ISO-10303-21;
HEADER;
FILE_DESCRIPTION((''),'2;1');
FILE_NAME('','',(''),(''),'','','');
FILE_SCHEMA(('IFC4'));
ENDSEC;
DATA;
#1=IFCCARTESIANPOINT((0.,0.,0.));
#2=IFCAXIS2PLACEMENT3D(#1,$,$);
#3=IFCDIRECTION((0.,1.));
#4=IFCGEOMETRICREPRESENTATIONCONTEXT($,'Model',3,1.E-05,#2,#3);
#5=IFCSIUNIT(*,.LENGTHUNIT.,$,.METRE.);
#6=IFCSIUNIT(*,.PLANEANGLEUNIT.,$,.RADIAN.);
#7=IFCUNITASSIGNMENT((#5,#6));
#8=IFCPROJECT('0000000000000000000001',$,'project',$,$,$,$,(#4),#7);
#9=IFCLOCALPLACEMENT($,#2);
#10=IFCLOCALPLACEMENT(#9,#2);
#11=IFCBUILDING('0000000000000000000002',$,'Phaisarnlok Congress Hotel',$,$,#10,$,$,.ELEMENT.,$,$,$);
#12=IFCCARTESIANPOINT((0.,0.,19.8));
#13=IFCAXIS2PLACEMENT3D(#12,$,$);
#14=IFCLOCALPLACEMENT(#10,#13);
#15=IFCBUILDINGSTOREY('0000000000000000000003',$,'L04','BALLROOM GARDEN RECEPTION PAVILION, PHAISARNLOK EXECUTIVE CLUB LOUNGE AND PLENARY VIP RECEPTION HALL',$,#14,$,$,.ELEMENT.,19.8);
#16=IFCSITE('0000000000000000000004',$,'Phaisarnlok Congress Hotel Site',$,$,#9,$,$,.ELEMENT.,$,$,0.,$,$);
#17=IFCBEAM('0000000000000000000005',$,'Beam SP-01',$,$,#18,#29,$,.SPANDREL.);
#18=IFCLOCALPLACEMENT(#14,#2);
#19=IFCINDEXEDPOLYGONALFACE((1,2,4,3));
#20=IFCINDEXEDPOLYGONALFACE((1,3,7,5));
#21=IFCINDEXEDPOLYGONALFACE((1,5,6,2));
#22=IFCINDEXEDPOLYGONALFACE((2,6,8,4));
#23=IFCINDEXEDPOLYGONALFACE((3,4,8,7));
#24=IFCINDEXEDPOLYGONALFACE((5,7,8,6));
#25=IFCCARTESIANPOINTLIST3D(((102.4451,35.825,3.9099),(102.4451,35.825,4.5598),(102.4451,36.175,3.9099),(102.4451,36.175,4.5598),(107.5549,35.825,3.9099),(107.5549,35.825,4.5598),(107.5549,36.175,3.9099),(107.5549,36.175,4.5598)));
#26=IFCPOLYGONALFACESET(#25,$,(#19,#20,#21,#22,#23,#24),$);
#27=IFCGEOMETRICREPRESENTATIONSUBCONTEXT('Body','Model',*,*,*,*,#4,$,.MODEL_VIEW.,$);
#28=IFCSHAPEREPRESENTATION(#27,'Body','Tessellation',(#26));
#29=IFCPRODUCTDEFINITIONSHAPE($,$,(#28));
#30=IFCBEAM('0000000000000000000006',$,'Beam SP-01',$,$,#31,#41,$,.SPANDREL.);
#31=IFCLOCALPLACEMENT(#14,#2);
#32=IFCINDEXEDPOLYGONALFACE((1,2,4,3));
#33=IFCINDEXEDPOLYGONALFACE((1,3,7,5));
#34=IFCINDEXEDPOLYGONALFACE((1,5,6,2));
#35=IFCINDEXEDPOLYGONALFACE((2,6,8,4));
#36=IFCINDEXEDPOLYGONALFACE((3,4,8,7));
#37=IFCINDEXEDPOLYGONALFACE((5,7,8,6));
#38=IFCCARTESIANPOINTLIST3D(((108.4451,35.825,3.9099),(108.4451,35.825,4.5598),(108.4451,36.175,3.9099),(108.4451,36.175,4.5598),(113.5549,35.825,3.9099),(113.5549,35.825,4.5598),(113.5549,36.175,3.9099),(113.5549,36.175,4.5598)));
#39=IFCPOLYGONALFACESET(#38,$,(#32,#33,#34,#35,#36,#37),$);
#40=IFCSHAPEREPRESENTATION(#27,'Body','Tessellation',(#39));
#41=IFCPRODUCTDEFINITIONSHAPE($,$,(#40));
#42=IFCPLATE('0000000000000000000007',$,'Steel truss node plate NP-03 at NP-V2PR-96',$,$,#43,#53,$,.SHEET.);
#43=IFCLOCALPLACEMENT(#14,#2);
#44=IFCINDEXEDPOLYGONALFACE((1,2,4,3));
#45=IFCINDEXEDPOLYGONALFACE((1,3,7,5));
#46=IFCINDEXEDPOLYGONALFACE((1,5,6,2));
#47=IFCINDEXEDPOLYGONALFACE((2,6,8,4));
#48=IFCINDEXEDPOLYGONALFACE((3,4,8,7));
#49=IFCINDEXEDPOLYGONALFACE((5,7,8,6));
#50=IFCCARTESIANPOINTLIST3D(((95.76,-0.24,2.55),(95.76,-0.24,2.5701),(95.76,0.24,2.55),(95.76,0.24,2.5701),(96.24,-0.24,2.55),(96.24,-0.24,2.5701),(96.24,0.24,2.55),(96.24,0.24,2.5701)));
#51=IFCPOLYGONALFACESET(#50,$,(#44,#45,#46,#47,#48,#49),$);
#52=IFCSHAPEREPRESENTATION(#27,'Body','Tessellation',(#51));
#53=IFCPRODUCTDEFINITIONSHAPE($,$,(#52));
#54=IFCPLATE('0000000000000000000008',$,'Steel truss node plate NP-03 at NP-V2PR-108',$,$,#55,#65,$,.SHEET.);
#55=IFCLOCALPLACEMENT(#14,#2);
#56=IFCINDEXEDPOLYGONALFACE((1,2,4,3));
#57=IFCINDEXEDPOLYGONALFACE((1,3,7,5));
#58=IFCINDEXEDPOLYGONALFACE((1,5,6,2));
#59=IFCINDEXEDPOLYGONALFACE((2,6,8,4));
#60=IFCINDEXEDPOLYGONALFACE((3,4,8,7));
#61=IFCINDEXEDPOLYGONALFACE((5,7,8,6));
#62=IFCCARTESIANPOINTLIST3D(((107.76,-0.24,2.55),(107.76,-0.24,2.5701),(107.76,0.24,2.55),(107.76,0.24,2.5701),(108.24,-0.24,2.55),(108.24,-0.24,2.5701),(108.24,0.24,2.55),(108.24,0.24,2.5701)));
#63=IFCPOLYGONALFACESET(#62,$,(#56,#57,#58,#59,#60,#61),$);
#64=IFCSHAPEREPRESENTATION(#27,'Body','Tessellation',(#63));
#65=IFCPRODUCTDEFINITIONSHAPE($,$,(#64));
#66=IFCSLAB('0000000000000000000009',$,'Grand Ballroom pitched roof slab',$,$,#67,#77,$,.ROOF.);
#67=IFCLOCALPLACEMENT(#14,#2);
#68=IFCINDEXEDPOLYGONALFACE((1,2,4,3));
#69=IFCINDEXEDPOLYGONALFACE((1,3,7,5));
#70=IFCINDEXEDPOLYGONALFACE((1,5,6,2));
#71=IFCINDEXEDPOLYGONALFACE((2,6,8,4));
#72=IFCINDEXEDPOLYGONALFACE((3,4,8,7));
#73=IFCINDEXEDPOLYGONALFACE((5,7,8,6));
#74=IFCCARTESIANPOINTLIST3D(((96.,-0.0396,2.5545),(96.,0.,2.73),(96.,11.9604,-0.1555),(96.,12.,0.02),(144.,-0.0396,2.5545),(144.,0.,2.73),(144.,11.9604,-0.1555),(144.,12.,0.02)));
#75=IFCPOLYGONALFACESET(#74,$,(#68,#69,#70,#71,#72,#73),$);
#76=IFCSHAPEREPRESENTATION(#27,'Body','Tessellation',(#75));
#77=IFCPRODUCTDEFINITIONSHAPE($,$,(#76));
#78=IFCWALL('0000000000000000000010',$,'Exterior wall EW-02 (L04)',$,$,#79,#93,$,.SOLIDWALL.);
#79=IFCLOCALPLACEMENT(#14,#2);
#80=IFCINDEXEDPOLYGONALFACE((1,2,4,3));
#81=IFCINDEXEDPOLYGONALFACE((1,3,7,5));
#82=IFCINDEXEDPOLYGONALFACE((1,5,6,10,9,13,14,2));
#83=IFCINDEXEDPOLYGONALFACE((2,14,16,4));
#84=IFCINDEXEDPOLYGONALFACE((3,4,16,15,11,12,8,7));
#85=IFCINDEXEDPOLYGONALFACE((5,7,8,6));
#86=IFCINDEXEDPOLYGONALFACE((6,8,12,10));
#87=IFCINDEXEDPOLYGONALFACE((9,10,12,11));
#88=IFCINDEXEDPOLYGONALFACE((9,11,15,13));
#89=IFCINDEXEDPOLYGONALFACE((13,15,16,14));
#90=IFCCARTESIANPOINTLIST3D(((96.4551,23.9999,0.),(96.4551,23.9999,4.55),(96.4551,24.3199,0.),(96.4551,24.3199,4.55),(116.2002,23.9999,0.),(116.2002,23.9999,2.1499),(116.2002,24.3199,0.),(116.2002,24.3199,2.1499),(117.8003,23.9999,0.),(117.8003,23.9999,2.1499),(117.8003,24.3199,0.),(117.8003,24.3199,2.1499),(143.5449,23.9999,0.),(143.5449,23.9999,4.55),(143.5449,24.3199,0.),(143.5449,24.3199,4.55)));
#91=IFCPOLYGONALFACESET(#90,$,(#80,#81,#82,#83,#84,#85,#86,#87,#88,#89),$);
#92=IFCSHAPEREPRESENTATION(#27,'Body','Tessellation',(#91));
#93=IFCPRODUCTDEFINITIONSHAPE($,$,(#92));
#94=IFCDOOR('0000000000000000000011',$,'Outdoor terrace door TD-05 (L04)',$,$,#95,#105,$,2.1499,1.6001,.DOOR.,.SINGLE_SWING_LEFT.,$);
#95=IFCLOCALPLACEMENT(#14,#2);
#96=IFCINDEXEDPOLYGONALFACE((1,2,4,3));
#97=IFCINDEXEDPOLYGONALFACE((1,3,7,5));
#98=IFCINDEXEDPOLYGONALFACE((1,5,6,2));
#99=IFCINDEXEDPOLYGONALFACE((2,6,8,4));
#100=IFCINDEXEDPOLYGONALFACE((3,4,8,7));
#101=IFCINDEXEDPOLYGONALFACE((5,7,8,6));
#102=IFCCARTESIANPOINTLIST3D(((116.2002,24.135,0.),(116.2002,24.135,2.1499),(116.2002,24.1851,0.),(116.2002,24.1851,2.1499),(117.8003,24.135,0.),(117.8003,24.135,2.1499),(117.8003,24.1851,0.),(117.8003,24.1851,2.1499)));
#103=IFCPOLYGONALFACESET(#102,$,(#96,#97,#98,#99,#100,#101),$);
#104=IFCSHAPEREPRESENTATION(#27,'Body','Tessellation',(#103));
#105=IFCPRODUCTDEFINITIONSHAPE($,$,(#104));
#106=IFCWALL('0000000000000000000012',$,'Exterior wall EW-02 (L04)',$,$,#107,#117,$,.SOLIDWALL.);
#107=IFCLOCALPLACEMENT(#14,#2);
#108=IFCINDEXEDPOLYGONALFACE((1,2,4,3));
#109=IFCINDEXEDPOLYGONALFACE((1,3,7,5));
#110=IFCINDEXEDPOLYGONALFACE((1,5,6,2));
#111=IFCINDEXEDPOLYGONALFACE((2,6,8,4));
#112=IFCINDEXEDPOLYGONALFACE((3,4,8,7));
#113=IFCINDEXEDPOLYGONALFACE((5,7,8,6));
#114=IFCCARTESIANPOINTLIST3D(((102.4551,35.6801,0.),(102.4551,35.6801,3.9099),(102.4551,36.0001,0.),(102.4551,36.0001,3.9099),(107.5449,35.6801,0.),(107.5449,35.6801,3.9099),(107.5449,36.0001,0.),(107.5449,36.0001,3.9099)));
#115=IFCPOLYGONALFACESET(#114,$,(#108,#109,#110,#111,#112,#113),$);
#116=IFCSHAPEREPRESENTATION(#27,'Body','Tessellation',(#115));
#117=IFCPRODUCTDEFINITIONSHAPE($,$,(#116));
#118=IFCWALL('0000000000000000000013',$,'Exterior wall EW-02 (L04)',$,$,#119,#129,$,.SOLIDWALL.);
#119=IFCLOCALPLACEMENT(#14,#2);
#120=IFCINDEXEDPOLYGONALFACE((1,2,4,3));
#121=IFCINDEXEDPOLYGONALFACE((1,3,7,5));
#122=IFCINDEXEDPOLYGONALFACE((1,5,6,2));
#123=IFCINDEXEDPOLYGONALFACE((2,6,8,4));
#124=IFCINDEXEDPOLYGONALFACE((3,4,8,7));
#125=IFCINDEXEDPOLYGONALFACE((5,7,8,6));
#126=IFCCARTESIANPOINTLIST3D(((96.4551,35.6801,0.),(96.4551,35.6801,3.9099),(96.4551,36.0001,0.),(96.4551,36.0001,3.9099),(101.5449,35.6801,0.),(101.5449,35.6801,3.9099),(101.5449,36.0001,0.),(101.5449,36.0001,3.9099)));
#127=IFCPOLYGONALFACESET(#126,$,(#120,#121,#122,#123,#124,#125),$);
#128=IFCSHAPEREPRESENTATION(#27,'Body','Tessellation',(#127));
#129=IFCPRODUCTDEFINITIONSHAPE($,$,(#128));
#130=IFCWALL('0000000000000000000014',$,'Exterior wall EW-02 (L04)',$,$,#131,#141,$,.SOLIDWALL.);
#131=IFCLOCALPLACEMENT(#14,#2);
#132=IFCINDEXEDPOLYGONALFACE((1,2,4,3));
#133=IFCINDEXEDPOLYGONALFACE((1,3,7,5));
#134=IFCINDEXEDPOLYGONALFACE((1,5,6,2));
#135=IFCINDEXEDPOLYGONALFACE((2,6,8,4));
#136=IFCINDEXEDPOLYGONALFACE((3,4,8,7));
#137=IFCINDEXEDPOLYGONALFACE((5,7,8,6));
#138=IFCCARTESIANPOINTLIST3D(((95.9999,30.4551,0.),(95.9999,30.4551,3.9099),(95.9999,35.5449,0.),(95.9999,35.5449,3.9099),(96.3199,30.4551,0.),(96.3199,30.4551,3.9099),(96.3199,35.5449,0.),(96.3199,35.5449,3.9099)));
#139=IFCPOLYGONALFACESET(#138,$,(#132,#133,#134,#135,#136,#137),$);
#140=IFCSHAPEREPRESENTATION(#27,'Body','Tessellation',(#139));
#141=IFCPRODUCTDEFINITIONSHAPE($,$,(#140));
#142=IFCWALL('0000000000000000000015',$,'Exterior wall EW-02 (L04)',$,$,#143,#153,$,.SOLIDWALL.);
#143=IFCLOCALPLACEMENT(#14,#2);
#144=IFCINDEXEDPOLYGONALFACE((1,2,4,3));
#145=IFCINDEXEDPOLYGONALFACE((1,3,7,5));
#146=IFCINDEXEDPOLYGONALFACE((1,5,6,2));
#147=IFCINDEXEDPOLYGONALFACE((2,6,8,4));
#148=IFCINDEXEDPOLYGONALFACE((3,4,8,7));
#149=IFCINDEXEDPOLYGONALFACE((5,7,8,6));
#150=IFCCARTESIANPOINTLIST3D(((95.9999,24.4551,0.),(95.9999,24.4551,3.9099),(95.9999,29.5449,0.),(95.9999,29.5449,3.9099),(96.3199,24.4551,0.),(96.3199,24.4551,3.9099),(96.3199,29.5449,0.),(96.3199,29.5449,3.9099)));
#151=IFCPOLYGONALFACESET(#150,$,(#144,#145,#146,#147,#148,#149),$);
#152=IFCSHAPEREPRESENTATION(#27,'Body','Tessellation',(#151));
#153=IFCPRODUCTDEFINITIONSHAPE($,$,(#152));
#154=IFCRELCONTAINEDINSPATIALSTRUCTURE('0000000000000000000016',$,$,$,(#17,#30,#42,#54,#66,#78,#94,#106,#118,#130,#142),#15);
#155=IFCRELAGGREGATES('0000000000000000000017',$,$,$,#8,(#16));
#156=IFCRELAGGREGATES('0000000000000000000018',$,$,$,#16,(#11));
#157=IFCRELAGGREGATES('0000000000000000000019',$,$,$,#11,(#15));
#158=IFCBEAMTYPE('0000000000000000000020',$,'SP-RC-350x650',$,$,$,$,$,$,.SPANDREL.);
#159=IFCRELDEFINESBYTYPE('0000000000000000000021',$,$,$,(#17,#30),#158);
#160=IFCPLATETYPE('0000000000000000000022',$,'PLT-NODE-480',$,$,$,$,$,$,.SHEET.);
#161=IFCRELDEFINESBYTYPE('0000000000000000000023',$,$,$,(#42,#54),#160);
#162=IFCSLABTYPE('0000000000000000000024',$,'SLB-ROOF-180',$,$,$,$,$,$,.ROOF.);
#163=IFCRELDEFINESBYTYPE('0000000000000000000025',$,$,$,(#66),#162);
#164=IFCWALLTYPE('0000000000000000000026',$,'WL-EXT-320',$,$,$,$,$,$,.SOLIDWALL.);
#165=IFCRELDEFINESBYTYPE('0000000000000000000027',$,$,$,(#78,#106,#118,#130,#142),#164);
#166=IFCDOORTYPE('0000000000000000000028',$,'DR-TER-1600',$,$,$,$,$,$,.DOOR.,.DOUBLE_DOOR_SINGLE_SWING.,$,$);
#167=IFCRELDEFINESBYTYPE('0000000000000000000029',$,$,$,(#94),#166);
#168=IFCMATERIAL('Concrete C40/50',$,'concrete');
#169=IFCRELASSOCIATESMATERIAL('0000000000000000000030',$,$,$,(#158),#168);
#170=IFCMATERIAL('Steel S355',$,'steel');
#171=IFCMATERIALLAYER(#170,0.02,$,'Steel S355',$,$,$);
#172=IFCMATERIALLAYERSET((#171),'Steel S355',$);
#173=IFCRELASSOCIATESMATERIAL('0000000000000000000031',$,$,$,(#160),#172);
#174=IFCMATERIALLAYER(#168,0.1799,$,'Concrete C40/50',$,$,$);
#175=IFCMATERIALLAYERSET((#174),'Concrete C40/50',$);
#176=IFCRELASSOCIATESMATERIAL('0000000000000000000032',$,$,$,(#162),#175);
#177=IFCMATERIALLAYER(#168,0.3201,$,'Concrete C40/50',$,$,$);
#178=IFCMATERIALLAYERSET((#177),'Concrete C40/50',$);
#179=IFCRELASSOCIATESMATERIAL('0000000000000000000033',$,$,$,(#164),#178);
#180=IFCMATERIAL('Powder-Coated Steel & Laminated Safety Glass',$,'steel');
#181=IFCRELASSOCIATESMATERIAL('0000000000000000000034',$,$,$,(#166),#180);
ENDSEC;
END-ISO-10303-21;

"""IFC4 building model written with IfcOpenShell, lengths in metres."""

from ifc_helpers import new_model, si_unit, direction, frame, frame_2d, origin, origin_2d, place, context, subcontext, project, spatial, polyline, rectangle, outline, extrude, material, layer, layer_set, material_profile, profile_set, type_object, element, fill, save


model = new_model("IFC4")

# Units and contexts
model_context = context("Model", 3, precision=1e-05, world=origin(), true_north=direction((0.0, 1.0)))
body_context = subcontext(model_context, "Body", "Model", "MODEL_VIEW")
ifc_project = project(units=[si_unit("LENGTHUNIT", "METRE"), si_unit("PLANEANGLEUNIT", "RADIAN")], contexts=[model_context])

# Site, building, storey
site_placement = place(None, origin())
site = spatial("IfcSite", under=ifc_project, at=site_placement, Name="Phaisarnlok Congress Hotel Site", CompositionType="ELEMENT", RefElevation=0.0)
building_placement = place(site_placement, origin())
building = spatial("IfcBuilding", under=site, at=building_placement, Name="Phaisarnlok Congress Hotel", CompositionType="ELEMENT")
storey_placement = place(building_placement, frame((0.0, 0.0, 19.8)))
storey = spatial("IfcBuildingStorey", under=building, at=storey_placement, Name="L04", Description="BALLROOM GARDEN RECEPTION PAVILION, PHAISARNLOK EXECUTIVE CLUB LOUNGE AND PLENARY VIP RECEPTION HALL", CompositionType="ELEMENT", Elevation=19.8)

# Shared definitions
ifc_material_1 = material(Name="Steel S355", Category="steel")

# Beams
ifc_material_2 = material(Name="Concrete C40/50", Category="concrete")
ifc_material_profile_1 = material_profile(ifc_material_2, rectangle(XDim=0.3501, YDim=0.6499, at=origin_2d()), Name="RC 350x650")
ifc_profile_set_1 = profile_set([ifc_material_profile_1], Name="Concrete C40/50")
beam_type = type_object("IfcBeamType", Name="SP-RC-350x650", PredefinedType="SPANDREL", material=ifc_profile_set_1)
for number, where, z_axis, x_axis, name in (
    (1, (102.4451, 36.0, 4.2349), (1.0, 0.0, 0.0), (0.0, 1.0, 0.0), "Beam SP-01"),
    (2, (108.4451, 36.0, 4.2349), (1.0, 0.0, 0.0), (0.0, 1.0, 0.0), "Beam SP-01"),
):
    element("IfcBeam", number, at=place(storey_placement, frame(where, z_axis=z_axis, x_axis=x_axis)), inside=storey, type_object=beam_type, Name=name, PredefinedType="SPANDREL", context=body_context, shape_type="SweptSolid", body=[
        extrude(rectangle(XDim=0.3501, YDim=0.6499, at=origin_2d()), origin(), (0.0, 0.0, 1.0), 5.1099),
    ])

# Plates
ifc_layer_1 = layer(ifc_material_1, 0.02, Name="Steel S355")
ifc_layer_set_1 = layer_set([ifc_layer_1], Name="Steel S355")
plate_type = type_object("IfcPlateType", Name="PLT-NODE-480", PredefinedType="SHEET", material=ifc_layer_set_1)
for number, where, z_axis, x_axis, name in (
    (3, (96.0, 0.0, 2.55), (0.0, 0.0, 1.0), (1.0, 0.0, 0.0), "Steel truss node plate NP-03 at NP-V2PR-96"),
    (4, (108.0, 0.0, 2.55), (0.0, 0.0, 1.0), (1.0, 0.0, 0.0), "Steel truss node plate NP-03 at NP-V2PR-108"),
):
    element("IfcPlate", number, at=place(storey_placement, frame(where, z_axis=z_axis, x_axis=x_axis)), inside=storey, type_object=plate_type, Name=name, PredefinedType="SHEET", context=body_context, shape_type="SweptSolid", body=[
        extrude(rectangle(XDim=0.48, YDim=0.48, at=origin_2d()), origin(), (0.0, 0.0, 1.0), 0.02),
    ])

# Slab
ifc_layer_2 = layer(ifc_material_2, 0.1799, Name="Concrete C40/50")
ifc_layer_set_2 = layer_set([ifc_layer_2], Name="Concrete C40/50")
slab_type = type_object("IfcSlabType", Name="SLB-ROOF-180", PredefinedType="ROOF", material=ifc_layer_set_2)
slab_placement = place(storey_placement, frame((96.0, 12.0, 0.02), z_axis=(0.0, 0.220283, 0.975436), x_axis=(1.0, 0.0, 0.0)))
element("IfcSlab", 5, at=slab_placement, inside=storey, type_object=slab_type, Name="Grand Ballroom pitched roof slab", PredefinedType="ROOF", context=body_context, shape_type="SweptSolid", body=[
    extrude(outline(polyline([(0.0, 0.0), (48.0, 0.0), (48.0, -12.3022), (0.0, -12.3022), (0.0, 0.0)])), origin(), (0.0, 0.0, -1.0), 0.1799),
])

# Wall, opening, door
ifc_layer_3 = layer(ifc_material_2, 0.3201, Name="Concrete C40/50")
ifc_layer_set_3 = layer_set([ifc_layer_3], Name="Concrete C40/50")
wall_type = type_object("IfcWallType", Name="WL-EXT-320", PredefinedType="SOLIDWALL", material=ifc_layer_set_3)
wall_placement = place(storey_placement, frame((96.4551, 24.1599, 0.0), z_axis=(0.0, 0.0, 1.0), x_axis=(1.0, 0.0, 0.0)))
wall = element("IfcWall", 6, at=wall_placement, inside=storey, type_object=wall_type, Name="Exterior wall EW-02 (L04)", PredefinedType="SOLIDWALL", context=body_context, shape_type="SweptSolid", body=[
    extrude(rectangle(XDim=47.0898, YDim=0.3201, at=frame_2d((23.5449, 0.0))), origin(), (0.0, 0.0, 1.0), 4.55),
])
opening_placement = place(wall_placement, frame((19.7451, 0.0, 0.0)))
opening = element("IfcOpeningElement", 7, at=opening_placement, cuts=wall, PredefinedType="OPENING", context=body_context, shape_type="SweptSolid", body=[
    extrude(rectangle(XDim=1.6001, YDim=2.1499, at=frame_2d((0.8, 1.075))), frame((0.0, 0.1699, 0.0), z_axis=(0.0, -1.0, 0.0), x_axis=(1.0, 0.0, 0.0)), (0.0, 0.0, 1.0), 0.3401),
])
ifc_material_3 = material(Name="Powder-Coated Steel & Laminated Safety Glass", Category="steel")
door_type = type_object("IfcDoorType", Name="DR-TER-1600", OperationType="DOUBLE_DOOR_SINGLE_SWING", PredefinedType="DOOR", material=ifc_material_3)
door_placement = place(opening_placement, frame((1.6001, 0.0, 0.0), z_axis=(0.0, 0.0, 1.0), x_axis=(-1.0, 0.0, 0.0)))
door = element("IfcDoor", 8, at=door_placement, inside=storey, type_object=door_type, Name="Outdoor terrace door TD-05 (L04)", OperationType="SINGLE_SWING_LEFT", OverallHeight=2.1499, OverallWidth=1.6001, PredefinedType="DOOR", context=body_context, shape_type="SweptSolid", body=[
    extrude(rectangle(XDim=1.6001, YDim=2.1499, at=frame_2d((0.8, 1.075))), frame((0.0, 0.0249, 0.0), z_axis=(0.0, -1.0, 0.0), x_axis=(1.0, 0.0, 0.0)), (0.0, 0.0, 1.0), 0.05),
])
fill(opening, door)

# Walls
for number, where, z_axis, x_axis, name in (
    (9, (107.5449, 35.8401, 0.0), (0.0, 0.0, 1.0), (-1.0, 0.0, 0.0), "Exterior wall EW-02 (L04)"),
    (10, (101.5449, 35.8401, 0.0), (0.0, 0.0, 1.0), (-1.0, 0.0, 0.0), "Exterior wall EW-02 (L04)"),
    (11, (96.1599, 35.5449, 0.0), (0.0, 0.0, 1.0), (0.0, -1.0, 0.0), "Exterior wall EW-02 (L04)"),
    (12, (96.1599, 29.5449, 0.0), (0.0, 0.0, 1.0), (0.0, -1.0, 0.0), "Exterior wall EW-02 (L04)"),
):
    element("IfcWall", number, at=place(storey_placement, frame(where, z_axis=z_axis, x_axis=x_axis)), inside=storey, type_object=wall_type, Name=name, PredefinedType="SOLIDWALL", context=body_context, shape_type="SweptSolid", body=[
        extrude(rectangle(XDim=5.0898, YDim=0.3201, at=frame_2d((2.5449, 0.0))), origin(), (0.0, 0.0, 1.0), 3.9099),
    ])

save(model, "model.ifc")
